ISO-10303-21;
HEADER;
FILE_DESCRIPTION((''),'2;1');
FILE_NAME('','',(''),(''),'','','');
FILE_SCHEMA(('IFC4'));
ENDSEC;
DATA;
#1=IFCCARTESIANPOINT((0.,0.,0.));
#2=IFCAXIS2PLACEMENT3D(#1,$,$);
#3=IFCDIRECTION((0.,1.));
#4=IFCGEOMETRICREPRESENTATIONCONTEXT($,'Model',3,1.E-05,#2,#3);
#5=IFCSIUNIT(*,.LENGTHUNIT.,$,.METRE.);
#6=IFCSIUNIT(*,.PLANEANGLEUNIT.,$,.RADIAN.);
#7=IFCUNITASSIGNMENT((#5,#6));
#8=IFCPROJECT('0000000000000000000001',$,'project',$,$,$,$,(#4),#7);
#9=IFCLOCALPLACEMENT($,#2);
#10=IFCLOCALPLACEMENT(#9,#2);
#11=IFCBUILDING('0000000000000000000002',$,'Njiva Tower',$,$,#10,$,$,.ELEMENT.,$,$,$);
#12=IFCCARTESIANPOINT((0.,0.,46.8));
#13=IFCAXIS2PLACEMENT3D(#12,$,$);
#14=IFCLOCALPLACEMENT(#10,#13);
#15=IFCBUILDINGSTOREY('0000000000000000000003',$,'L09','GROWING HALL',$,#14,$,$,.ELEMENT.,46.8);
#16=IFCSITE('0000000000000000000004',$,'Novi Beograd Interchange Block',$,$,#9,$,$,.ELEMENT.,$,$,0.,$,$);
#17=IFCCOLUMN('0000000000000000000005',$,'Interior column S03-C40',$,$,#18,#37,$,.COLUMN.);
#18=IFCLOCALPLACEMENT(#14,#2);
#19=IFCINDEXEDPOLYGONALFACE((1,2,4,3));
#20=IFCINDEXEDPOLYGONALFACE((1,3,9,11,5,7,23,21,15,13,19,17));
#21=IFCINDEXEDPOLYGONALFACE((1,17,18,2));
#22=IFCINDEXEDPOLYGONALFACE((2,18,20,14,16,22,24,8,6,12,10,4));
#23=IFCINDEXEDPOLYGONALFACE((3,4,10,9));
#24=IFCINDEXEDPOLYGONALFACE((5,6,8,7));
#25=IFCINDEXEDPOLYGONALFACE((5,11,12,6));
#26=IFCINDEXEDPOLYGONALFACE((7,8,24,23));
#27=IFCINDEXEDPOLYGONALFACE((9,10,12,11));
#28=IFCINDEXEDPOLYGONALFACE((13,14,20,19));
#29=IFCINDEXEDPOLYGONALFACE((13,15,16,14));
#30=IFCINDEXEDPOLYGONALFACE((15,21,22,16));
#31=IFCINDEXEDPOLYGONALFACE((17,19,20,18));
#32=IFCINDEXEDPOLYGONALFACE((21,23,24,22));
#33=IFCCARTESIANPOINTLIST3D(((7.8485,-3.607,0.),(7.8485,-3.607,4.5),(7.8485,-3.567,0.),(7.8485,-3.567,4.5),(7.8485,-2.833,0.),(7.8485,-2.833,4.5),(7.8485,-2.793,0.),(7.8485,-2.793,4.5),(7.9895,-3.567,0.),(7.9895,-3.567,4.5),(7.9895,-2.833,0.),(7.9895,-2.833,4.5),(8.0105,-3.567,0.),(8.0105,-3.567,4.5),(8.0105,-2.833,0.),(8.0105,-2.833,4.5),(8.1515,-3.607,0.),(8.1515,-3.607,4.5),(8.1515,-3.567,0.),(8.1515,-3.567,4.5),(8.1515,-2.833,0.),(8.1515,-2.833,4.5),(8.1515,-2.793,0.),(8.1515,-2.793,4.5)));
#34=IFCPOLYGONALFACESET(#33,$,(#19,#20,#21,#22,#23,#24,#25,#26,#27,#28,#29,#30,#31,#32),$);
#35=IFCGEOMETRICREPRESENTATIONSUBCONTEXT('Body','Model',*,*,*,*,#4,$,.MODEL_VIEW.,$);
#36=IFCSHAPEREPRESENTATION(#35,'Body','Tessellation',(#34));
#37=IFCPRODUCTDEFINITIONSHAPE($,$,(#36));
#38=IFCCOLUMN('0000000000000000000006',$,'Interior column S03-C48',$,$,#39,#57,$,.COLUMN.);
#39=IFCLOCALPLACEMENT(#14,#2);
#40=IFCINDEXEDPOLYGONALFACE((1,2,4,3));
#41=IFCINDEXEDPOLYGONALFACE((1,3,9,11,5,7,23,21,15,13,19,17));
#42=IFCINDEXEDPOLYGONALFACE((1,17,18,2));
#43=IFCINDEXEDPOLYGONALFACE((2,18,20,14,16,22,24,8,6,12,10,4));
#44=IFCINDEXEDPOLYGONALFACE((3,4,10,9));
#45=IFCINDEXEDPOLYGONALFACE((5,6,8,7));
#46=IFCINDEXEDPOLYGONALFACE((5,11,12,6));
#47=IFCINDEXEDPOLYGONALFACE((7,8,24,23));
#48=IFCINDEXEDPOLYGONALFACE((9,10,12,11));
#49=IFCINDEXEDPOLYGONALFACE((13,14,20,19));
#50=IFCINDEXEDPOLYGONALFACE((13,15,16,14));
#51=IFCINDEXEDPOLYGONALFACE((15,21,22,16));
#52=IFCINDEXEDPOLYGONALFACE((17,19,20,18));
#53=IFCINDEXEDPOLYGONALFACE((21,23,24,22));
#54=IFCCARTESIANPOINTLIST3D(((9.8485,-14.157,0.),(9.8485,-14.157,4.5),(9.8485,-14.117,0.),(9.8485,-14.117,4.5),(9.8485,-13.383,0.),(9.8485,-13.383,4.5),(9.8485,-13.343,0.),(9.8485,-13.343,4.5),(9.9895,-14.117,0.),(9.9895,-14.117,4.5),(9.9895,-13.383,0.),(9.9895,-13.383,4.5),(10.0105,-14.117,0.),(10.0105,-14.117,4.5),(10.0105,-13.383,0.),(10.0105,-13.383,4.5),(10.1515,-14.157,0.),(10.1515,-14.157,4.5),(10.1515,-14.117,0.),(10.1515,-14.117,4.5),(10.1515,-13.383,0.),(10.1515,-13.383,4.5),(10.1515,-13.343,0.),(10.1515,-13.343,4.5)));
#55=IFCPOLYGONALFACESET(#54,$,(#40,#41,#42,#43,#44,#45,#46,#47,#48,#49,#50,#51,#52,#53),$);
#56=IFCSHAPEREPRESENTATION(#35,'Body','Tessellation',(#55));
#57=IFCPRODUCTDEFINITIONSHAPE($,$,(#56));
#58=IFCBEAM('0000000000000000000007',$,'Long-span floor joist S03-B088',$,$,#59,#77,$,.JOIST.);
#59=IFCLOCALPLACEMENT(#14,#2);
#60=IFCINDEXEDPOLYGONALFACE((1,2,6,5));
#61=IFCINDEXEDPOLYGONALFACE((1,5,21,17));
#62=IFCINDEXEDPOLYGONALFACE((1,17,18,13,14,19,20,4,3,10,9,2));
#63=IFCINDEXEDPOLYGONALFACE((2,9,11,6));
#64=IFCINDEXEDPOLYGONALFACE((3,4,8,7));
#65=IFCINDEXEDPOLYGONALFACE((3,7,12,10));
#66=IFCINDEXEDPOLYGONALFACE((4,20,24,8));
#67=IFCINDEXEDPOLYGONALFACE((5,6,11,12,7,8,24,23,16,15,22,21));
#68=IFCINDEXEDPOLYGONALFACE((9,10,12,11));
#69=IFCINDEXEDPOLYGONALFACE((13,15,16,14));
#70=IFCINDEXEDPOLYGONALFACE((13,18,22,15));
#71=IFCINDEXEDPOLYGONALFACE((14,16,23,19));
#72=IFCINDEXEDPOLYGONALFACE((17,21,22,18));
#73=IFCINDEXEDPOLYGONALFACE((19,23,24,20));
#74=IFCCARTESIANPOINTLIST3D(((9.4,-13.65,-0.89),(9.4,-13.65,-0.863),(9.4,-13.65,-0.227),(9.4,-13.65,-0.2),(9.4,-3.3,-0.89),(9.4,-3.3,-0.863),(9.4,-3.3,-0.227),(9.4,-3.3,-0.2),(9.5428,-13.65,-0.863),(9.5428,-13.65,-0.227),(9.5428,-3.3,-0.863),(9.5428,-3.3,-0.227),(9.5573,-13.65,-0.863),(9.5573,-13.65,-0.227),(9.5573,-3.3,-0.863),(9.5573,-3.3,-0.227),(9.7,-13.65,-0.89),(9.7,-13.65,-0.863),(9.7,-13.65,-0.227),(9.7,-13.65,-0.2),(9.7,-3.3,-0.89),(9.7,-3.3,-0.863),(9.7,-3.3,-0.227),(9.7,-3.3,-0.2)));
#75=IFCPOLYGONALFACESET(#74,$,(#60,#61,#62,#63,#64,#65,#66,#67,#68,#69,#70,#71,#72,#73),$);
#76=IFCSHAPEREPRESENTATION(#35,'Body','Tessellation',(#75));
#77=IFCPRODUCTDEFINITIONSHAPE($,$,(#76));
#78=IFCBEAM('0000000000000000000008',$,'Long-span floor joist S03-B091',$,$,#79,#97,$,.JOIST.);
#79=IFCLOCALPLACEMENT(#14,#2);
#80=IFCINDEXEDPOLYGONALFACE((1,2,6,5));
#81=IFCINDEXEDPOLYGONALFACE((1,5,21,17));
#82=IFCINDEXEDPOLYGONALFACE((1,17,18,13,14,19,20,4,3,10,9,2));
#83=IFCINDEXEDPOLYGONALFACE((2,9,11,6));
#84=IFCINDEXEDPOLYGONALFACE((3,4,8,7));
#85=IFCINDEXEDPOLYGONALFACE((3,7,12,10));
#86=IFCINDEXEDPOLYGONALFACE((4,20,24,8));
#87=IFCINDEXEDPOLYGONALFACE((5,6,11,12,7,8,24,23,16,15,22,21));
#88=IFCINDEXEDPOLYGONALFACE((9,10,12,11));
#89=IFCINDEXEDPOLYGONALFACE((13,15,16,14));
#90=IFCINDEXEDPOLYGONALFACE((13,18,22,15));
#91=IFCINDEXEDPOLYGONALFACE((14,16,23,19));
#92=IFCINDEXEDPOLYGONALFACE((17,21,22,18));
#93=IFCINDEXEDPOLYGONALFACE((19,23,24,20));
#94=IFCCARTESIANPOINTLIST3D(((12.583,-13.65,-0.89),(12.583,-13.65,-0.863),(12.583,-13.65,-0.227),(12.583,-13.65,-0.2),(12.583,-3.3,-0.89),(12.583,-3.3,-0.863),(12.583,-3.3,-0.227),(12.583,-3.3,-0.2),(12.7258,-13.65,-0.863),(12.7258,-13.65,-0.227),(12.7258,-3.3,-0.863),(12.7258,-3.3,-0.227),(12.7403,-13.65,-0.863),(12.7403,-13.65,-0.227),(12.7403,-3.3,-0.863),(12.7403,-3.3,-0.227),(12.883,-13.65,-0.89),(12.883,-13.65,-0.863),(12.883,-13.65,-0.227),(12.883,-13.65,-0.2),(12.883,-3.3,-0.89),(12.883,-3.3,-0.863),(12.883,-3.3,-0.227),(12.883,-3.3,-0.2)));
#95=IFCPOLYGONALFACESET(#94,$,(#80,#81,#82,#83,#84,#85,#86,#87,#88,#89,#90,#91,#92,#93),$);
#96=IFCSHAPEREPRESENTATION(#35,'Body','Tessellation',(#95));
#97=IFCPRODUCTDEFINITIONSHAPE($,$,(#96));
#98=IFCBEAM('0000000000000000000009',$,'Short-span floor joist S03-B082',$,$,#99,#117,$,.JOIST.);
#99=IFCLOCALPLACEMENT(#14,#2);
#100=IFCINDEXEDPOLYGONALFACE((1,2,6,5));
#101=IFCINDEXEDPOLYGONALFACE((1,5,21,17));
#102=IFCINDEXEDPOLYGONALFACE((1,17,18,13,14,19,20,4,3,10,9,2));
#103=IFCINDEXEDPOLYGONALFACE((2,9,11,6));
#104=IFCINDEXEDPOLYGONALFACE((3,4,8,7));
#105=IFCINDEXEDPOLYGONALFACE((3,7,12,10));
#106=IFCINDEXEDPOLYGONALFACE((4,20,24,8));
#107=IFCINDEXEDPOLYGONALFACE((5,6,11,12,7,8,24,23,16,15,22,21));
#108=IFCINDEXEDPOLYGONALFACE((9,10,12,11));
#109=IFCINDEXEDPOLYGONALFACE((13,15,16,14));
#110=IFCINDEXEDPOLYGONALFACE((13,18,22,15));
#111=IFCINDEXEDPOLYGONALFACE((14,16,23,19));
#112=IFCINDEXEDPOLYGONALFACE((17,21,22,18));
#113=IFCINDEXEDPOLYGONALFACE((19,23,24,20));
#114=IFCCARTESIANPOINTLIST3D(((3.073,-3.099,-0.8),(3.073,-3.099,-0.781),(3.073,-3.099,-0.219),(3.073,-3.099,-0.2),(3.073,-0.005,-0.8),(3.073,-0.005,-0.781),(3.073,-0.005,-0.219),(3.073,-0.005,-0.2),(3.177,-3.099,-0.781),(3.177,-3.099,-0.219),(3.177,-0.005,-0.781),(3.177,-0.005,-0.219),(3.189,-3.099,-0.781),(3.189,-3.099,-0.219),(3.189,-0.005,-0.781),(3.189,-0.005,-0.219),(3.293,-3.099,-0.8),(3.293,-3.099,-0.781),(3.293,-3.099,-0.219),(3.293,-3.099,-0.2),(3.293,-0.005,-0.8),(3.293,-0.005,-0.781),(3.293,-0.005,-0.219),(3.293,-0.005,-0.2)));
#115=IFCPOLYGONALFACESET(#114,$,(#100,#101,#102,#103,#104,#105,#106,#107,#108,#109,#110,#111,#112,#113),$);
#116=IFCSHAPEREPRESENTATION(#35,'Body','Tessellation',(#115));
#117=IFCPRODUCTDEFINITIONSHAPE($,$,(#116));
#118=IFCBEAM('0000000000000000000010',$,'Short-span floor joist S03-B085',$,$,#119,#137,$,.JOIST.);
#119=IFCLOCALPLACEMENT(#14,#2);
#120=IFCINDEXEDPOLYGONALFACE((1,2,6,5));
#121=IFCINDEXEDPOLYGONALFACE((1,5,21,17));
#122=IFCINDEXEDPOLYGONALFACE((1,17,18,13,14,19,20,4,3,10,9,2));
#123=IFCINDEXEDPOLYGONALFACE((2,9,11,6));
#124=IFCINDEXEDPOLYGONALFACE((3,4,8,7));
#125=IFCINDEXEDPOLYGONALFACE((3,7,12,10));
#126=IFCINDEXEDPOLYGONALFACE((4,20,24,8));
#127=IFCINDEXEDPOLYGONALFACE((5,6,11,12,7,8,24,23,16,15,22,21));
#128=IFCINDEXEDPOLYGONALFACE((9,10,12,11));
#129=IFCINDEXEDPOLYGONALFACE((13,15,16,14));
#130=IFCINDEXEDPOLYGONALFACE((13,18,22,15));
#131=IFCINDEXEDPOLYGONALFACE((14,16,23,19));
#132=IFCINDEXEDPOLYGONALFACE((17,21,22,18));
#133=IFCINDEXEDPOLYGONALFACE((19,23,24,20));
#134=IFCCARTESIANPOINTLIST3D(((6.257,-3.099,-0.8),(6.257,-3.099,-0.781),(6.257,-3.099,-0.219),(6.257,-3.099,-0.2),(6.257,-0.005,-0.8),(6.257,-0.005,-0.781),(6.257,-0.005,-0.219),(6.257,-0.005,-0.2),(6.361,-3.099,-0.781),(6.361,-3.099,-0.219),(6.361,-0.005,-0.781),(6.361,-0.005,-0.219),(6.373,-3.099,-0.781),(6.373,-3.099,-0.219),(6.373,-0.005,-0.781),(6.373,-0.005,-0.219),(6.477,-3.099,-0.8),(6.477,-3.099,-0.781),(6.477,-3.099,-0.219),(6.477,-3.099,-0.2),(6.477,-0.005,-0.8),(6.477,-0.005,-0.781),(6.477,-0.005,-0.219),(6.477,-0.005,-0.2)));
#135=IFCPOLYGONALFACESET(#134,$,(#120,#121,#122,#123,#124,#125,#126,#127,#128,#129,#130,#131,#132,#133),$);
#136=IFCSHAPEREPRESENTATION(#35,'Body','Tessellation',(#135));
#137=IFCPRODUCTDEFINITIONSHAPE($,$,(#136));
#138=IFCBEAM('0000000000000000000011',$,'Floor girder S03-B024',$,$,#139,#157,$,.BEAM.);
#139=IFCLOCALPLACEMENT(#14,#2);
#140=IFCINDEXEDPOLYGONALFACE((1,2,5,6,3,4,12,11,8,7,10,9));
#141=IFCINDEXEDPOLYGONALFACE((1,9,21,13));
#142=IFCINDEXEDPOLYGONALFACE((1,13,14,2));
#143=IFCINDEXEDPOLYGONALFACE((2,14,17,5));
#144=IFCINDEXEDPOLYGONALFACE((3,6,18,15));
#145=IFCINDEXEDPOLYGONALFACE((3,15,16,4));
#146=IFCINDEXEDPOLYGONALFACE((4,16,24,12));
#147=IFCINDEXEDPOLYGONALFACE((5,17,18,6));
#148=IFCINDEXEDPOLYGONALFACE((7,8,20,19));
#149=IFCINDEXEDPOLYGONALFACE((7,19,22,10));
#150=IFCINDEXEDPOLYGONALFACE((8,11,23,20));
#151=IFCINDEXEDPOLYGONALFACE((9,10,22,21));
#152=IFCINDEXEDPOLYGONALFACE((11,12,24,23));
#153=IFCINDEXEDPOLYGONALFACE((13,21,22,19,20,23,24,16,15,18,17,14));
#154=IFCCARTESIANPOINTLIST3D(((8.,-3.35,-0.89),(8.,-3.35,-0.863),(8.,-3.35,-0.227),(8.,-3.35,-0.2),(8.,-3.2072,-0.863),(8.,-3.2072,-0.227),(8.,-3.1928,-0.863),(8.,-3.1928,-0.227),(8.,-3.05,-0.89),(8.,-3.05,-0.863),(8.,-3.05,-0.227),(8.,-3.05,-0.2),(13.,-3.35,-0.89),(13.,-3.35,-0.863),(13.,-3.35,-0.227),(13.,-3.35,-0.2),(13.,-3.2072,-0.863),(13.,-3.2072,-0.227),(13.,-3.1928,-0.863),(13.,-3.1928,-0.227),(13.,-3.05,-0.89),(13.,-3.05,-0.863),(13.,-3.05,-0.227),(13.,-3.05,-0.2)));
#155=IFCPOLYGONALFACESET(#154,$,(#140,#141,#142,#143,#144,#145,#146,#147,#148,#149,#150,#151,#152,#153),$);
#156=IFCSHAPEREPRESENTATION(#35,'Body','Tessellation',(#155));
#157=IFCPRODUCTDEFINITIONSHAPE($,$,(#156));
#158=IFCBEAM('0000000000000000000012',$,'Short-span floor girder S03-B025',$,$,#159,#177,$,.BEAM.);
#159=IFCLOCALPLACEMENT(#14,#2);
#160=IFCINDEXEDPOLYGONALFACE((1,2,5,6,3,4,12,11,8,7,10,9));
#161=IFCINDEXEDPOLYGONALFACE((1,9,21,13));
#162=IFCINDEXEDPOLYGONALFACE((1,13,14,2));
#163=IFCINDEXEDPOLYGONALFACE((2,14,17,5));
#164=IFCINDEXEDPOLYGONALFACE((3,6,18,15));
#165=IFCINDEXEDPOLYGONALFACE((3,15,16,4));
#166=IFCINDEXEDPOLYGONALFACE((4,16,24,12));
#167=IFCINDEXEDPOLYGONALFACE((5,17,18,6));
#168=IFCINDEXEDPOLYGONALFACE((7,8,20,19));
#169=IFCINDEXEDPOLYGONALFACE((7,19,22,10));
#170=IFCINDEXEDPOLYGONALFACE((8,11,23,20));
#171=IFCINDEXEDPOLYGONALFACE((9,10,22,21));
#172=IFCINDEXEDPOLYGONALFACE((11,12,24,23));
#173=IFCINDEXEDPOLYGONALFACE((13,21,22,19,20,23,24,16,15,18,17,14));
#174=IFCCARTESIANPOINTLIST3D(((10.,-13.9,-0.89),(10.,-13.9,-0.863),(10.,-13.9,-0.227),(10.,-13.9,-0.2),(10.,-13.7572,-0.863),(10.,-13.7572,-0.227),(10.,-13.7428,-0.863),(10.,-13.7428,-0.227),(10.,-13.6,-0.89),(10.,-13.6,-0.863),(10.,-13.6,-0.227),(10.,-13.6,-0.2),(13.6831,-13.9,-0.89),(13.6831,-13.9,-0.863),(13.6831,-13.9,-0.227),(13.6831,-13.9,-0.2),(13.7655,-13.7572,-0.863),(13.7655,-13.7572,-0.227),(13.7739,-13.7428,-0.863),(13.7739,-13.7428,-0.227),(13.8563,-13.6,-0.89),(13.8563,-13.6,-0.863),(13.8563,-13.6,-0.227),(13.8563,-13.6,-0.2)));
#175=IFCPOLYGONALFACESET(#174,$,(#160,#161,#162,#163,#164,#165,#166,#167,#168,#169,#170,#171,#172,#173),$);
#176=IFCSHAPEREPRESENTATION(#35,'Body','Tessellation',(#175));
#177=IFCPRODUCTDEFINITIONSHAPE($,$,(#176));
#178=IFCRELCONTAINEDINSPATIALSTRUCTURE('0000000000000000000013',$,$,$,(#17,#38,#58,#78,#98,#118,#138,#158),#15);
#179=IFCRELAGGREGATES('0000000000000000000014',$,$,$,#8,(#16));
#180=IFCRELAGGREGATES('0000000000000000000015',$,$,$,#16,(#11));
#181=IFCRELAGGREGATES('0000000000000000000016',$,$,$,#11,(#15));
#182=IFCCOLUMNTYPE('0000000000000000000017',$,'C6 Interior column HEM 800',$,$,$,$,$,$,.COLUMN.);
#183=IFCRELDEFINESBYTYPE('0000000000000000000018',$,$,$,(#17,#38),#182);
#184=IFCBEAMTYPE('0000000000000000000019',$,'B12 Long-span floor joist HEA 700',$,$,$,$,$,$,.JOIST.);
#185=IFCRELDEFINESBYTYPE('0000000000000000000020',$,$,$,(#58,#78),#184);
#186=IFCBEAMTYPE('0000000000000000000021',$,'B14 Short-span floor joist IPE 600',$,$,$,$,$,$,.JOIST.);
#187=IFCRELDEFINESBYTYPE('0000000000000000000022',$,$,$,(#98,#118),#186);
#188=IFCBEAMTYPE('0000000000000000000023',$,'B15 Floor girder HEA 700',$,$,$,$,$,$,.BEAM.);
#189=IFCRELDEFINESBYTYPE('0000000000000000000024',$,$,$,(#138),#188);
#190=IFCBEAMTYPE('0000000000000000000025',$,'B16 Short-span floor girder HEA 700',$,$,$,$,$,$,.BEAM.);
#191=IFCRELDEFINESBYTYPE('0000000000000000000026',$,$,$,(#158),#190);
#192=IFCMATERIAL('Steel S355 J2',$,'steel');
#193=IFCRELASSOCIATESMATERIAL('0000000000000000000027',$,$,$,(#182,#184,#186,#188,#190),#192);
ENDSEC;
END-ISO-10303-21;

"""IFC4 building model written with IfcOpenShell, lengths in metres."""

from ifc_helpers import new_model, si_unit, direction, frame, origin, origin_2d, place, context, subcontext, project, spatial, i_section, extrude, clip, halfspace, material, material_profile, profile_set, type_object, element, save


model = new_model("IFC4")

# Units and contexts
model_context = context("Model", 3, precision=1e-05, world=origin(), true_north=direction((0.0, 1.0)))
body_context = subcontext(model_context, "Body", "Model", "MODEL_VIEW")
ifc_project = project(units=[si_unit("LENGTHUNIT", "METRE"), si_unit("PLANEANGLEUNIT", "RADIAN")], contexts=[model_context])

# Site, building, storey
site_placement = place(None, origin())
site = spatial("IfcSite", under=ifc_project, at=site_placement, Name="Novi Beograd Interchange Block", CompositionType="ELEMENT", RefElevation=0.0)
building_placement = place(site_placement, origin())
building = spatial("IfcBuilding", under=site, at=building_placement, Name="Njiva Tower", CompositionType="ELEMENT")
storey_placement = place(building_placement, frame((0.0, 0.0, 46.8)))
storey = spatial("IfcBuildingStorey", under=building, at=storey_placement, Name="L09", Description="GROWING HALL", CompositionType="ELEMENT", Elevation=46.8)

# Columns
ifc_material_1 = material(Name="Steel S355 J2", Category="steel")
ifc_material_profile_1 = material_profile(ifc_material_1, i_section(OverallWidth=0.303, OverallDepth=0.814, WebThickness=0.021, FlangeThickness=0.04, at=origin_2d()), Name="HEM 800")
ifc_profile_set_1 = profile_set([ifc_material_profile_1], Name="Steel S355 J2")
column_type = type_object("IfcColumnType", Name="C6 Interior column HEM 800", PredefinedType="COLUMN", material=ifc_profile_set_1)
for number, where, z_axis, x_axis, name in (
    (1, (8.0, -3.2, 0.0), (0.0, 0.0, 1.0), (1.0, 0.0, 0.0), "Interior column S03-C40"),
    (2, (10.0, -13.75, 0.0), (0.0, 0.0, 1.0), (1.0, 0.0, 0.0), "Interior column S03-C48"),
):
    element("IfcColumn", number, at=place(storey_placement, frame(where, z_axis=z_axis, x_axis=x_axis)), inside=storey, type_object=column_type, Name=name, PredefinedType="COLUMN", context=body_context, shape_type="SweptSolid", body=[
        extrude(i_section(OverallWidth=0.303, OverallDepth=0.814, WebThickness=0.021, FlangeThickness=0.04, at=origin_2d()), origin(), (0.0, 0.0, 1.0), 4.5),
    ])

# Beams
ifc_material_profile_2 = material_profile(ifc_material_1, i_section(OverallWidth=0.3, OverallDepth=0.69, WebThickness=0.0145, FlangeThickness=0.027, at=origin_2d()), Name="HEA 700")
ifc_profile_set_2 = profile_set([ifc_material_profile_2], Name="Steel S355 J2")
beam_type_1 = type_object("IfcBeamType", Name="B12 Long-span floor joist HEA 700", PredefinedType="JOIST", material=ifc_profile_set_2)
for number, where, z_axis, x_axis, name in (
    (3, (9.55, -3.3, -0.545), (0.0, -1.0, 0.0), (1.0, 0.0, 0.0), "Long-span floor joist S03-B088"),
    (4, (12.733, -3.3, -0.545), (0.0, -1.0, 0.0), (1.0, 0.0, 0.0), "Long-span floor joist S03-B091"),
):
    element("IfcBeam", number, at=place(storey_placement, frame(where, z_axis=z_axis, x_axis=x_axis)), inside=storey, type_object=beam_type_1, Name=name, PredefinedType="JOIST", context=body_context, shape_type="SweptSolid", body=[
        extrude(i_section(OverallWidth=0.3, OverallDepth=0.69, WebThickness=0.0145, FlangeThickness=0.027, at=origin_2d()), origin(), (0.0, 0.0, 1.0), 10.35),
    ])
ifc_material_profile_3 = material_profile(ifc_material_1, i_section(OverallWidth=0.22, OverallDepth=0.6, WebThickness=0.012, FlangeThickness=0.019, at=origin_2d()), Name="IPE 600")
ifc_profile_set_3 = profile_set([ifc_material_profile_3], Name="Steel S355 J2")
beam_type_2 = type_object("IfcBeamType", Name="B14 Short-span floor joist IPE 600", PredefinedType="JOIST", material=ifc_profile_set_3)
for number, where, z_axis, x_axis, name in (
    (5, (3.183, -0.005, -0.5), (0.0, -1.0, 0.0), (1.0, 0.0, 0.0), "Short-span floor joist S03-B082"),
    (6, (6.367, -0.005, -0.5), (0.0, -1.0, 0.0), (1.0, 0.0, 0.0), "Short-span floor joist S03-B085"),
):
    element("IfcBeam", number, at=place(storey_placement, frame(where, z_axis=z_axis, x_axis=x_axis)), inside=storey, type_object=beam_type_2, Name=name, PredefinedType="JOIST", context=body_context, shape_type="SweptSolid", body=[
        extrude(i_section(OverallWidth=0.22, OverallDepth=0.6, WebThickness=0.012, FlangeThickness=0.019, at=origin_2d()), origin(), (0.0, 0.0, 1.0), 3.094),
    ])
ifc_material_profile_4 = material_profile(ifc_material_1, i_section(OverallWidth=0.3, OverallDepth=0.69, WebThickness=0.0145, FlangeThickness=0.027, at=origin_2d()), Name="HEA 700")
ifc_profile_set_4 = profile_set([ifc_material_profile_4], Name="Steel S355 J2")
beam_type_3 = type_object("IfcBeamType", Name="B15 Floor girder HEA 700", PredefinedType="BEAM", material=ifc_profile_set_4)
beam_1_placement = place(storey_placement, frame((8.0, -3.2, -0.545), z_axis=(1.0, 0.0, 0.0), x_axis=(0.0, 1.0, 0.0)))
element("IfcBeam", 7, at=beam_1_placement, inside=storey, type_object=beam_type_3, Name="Floor girder S03-B024", PredefinedType="BEAM", context=body_context, shape_type="SweptSolid", body=[
    extrude(i_section(OverallWidth=0.3, OverallDepth=0.69, WebThickness=0.0145, FlangeThickness=0.027, at=origin_2d()), origin(), (0.0, 0.0, 1.0), 5.0),
])
ifc_material_profile_5 = material_profile(ifc_material_1, i_section(OverallWidth=0.3, OverallDepth=0.69, WebThickness=0.0145, FlangeThickness=0.027, at=origin_2d()), Name="HEA 700")
ifc_profile_set_5 = profile_set([ifc_material_profile_5], Name="Steel S355 J2")
beam_type_4 = type_object("IfcBeamType", Name="B16 Short-span floor girder HEA 700", PredefinedType="BEAM", material=ifc_profile_set_5)
beam_2_placement = place(storey_placement, frame((10.0, -13.75, -0.545), z_axis=(1.0, 0.0, 0.0), x_axis=(0.0, 1.0, 0.0)))
element("IfcBeam", 8, at=beam_2_placement, inside=storey, type_object=beam_type_4, Name="Short-span floor girder S03-B025", PredefinedType="BEAM", context=body_context, shape_type="Clipping", body=[
    clip(extrude(i_section(OverallWidth=0.3, OverallDepth=0.69, WebThickness=0.0145, FlangeThickness=0.027, at=origin_2d()), origin(), (0.0, 0.0, 1.0), 3.877), halfspace(frame((-0.025, 0.0, 3.7553), z_axis=(-0.499998, 0.0, 0.866027), x_axis=(0.0, 1.0, 0.0)), False)),
])

save(model, "model.ifc")
